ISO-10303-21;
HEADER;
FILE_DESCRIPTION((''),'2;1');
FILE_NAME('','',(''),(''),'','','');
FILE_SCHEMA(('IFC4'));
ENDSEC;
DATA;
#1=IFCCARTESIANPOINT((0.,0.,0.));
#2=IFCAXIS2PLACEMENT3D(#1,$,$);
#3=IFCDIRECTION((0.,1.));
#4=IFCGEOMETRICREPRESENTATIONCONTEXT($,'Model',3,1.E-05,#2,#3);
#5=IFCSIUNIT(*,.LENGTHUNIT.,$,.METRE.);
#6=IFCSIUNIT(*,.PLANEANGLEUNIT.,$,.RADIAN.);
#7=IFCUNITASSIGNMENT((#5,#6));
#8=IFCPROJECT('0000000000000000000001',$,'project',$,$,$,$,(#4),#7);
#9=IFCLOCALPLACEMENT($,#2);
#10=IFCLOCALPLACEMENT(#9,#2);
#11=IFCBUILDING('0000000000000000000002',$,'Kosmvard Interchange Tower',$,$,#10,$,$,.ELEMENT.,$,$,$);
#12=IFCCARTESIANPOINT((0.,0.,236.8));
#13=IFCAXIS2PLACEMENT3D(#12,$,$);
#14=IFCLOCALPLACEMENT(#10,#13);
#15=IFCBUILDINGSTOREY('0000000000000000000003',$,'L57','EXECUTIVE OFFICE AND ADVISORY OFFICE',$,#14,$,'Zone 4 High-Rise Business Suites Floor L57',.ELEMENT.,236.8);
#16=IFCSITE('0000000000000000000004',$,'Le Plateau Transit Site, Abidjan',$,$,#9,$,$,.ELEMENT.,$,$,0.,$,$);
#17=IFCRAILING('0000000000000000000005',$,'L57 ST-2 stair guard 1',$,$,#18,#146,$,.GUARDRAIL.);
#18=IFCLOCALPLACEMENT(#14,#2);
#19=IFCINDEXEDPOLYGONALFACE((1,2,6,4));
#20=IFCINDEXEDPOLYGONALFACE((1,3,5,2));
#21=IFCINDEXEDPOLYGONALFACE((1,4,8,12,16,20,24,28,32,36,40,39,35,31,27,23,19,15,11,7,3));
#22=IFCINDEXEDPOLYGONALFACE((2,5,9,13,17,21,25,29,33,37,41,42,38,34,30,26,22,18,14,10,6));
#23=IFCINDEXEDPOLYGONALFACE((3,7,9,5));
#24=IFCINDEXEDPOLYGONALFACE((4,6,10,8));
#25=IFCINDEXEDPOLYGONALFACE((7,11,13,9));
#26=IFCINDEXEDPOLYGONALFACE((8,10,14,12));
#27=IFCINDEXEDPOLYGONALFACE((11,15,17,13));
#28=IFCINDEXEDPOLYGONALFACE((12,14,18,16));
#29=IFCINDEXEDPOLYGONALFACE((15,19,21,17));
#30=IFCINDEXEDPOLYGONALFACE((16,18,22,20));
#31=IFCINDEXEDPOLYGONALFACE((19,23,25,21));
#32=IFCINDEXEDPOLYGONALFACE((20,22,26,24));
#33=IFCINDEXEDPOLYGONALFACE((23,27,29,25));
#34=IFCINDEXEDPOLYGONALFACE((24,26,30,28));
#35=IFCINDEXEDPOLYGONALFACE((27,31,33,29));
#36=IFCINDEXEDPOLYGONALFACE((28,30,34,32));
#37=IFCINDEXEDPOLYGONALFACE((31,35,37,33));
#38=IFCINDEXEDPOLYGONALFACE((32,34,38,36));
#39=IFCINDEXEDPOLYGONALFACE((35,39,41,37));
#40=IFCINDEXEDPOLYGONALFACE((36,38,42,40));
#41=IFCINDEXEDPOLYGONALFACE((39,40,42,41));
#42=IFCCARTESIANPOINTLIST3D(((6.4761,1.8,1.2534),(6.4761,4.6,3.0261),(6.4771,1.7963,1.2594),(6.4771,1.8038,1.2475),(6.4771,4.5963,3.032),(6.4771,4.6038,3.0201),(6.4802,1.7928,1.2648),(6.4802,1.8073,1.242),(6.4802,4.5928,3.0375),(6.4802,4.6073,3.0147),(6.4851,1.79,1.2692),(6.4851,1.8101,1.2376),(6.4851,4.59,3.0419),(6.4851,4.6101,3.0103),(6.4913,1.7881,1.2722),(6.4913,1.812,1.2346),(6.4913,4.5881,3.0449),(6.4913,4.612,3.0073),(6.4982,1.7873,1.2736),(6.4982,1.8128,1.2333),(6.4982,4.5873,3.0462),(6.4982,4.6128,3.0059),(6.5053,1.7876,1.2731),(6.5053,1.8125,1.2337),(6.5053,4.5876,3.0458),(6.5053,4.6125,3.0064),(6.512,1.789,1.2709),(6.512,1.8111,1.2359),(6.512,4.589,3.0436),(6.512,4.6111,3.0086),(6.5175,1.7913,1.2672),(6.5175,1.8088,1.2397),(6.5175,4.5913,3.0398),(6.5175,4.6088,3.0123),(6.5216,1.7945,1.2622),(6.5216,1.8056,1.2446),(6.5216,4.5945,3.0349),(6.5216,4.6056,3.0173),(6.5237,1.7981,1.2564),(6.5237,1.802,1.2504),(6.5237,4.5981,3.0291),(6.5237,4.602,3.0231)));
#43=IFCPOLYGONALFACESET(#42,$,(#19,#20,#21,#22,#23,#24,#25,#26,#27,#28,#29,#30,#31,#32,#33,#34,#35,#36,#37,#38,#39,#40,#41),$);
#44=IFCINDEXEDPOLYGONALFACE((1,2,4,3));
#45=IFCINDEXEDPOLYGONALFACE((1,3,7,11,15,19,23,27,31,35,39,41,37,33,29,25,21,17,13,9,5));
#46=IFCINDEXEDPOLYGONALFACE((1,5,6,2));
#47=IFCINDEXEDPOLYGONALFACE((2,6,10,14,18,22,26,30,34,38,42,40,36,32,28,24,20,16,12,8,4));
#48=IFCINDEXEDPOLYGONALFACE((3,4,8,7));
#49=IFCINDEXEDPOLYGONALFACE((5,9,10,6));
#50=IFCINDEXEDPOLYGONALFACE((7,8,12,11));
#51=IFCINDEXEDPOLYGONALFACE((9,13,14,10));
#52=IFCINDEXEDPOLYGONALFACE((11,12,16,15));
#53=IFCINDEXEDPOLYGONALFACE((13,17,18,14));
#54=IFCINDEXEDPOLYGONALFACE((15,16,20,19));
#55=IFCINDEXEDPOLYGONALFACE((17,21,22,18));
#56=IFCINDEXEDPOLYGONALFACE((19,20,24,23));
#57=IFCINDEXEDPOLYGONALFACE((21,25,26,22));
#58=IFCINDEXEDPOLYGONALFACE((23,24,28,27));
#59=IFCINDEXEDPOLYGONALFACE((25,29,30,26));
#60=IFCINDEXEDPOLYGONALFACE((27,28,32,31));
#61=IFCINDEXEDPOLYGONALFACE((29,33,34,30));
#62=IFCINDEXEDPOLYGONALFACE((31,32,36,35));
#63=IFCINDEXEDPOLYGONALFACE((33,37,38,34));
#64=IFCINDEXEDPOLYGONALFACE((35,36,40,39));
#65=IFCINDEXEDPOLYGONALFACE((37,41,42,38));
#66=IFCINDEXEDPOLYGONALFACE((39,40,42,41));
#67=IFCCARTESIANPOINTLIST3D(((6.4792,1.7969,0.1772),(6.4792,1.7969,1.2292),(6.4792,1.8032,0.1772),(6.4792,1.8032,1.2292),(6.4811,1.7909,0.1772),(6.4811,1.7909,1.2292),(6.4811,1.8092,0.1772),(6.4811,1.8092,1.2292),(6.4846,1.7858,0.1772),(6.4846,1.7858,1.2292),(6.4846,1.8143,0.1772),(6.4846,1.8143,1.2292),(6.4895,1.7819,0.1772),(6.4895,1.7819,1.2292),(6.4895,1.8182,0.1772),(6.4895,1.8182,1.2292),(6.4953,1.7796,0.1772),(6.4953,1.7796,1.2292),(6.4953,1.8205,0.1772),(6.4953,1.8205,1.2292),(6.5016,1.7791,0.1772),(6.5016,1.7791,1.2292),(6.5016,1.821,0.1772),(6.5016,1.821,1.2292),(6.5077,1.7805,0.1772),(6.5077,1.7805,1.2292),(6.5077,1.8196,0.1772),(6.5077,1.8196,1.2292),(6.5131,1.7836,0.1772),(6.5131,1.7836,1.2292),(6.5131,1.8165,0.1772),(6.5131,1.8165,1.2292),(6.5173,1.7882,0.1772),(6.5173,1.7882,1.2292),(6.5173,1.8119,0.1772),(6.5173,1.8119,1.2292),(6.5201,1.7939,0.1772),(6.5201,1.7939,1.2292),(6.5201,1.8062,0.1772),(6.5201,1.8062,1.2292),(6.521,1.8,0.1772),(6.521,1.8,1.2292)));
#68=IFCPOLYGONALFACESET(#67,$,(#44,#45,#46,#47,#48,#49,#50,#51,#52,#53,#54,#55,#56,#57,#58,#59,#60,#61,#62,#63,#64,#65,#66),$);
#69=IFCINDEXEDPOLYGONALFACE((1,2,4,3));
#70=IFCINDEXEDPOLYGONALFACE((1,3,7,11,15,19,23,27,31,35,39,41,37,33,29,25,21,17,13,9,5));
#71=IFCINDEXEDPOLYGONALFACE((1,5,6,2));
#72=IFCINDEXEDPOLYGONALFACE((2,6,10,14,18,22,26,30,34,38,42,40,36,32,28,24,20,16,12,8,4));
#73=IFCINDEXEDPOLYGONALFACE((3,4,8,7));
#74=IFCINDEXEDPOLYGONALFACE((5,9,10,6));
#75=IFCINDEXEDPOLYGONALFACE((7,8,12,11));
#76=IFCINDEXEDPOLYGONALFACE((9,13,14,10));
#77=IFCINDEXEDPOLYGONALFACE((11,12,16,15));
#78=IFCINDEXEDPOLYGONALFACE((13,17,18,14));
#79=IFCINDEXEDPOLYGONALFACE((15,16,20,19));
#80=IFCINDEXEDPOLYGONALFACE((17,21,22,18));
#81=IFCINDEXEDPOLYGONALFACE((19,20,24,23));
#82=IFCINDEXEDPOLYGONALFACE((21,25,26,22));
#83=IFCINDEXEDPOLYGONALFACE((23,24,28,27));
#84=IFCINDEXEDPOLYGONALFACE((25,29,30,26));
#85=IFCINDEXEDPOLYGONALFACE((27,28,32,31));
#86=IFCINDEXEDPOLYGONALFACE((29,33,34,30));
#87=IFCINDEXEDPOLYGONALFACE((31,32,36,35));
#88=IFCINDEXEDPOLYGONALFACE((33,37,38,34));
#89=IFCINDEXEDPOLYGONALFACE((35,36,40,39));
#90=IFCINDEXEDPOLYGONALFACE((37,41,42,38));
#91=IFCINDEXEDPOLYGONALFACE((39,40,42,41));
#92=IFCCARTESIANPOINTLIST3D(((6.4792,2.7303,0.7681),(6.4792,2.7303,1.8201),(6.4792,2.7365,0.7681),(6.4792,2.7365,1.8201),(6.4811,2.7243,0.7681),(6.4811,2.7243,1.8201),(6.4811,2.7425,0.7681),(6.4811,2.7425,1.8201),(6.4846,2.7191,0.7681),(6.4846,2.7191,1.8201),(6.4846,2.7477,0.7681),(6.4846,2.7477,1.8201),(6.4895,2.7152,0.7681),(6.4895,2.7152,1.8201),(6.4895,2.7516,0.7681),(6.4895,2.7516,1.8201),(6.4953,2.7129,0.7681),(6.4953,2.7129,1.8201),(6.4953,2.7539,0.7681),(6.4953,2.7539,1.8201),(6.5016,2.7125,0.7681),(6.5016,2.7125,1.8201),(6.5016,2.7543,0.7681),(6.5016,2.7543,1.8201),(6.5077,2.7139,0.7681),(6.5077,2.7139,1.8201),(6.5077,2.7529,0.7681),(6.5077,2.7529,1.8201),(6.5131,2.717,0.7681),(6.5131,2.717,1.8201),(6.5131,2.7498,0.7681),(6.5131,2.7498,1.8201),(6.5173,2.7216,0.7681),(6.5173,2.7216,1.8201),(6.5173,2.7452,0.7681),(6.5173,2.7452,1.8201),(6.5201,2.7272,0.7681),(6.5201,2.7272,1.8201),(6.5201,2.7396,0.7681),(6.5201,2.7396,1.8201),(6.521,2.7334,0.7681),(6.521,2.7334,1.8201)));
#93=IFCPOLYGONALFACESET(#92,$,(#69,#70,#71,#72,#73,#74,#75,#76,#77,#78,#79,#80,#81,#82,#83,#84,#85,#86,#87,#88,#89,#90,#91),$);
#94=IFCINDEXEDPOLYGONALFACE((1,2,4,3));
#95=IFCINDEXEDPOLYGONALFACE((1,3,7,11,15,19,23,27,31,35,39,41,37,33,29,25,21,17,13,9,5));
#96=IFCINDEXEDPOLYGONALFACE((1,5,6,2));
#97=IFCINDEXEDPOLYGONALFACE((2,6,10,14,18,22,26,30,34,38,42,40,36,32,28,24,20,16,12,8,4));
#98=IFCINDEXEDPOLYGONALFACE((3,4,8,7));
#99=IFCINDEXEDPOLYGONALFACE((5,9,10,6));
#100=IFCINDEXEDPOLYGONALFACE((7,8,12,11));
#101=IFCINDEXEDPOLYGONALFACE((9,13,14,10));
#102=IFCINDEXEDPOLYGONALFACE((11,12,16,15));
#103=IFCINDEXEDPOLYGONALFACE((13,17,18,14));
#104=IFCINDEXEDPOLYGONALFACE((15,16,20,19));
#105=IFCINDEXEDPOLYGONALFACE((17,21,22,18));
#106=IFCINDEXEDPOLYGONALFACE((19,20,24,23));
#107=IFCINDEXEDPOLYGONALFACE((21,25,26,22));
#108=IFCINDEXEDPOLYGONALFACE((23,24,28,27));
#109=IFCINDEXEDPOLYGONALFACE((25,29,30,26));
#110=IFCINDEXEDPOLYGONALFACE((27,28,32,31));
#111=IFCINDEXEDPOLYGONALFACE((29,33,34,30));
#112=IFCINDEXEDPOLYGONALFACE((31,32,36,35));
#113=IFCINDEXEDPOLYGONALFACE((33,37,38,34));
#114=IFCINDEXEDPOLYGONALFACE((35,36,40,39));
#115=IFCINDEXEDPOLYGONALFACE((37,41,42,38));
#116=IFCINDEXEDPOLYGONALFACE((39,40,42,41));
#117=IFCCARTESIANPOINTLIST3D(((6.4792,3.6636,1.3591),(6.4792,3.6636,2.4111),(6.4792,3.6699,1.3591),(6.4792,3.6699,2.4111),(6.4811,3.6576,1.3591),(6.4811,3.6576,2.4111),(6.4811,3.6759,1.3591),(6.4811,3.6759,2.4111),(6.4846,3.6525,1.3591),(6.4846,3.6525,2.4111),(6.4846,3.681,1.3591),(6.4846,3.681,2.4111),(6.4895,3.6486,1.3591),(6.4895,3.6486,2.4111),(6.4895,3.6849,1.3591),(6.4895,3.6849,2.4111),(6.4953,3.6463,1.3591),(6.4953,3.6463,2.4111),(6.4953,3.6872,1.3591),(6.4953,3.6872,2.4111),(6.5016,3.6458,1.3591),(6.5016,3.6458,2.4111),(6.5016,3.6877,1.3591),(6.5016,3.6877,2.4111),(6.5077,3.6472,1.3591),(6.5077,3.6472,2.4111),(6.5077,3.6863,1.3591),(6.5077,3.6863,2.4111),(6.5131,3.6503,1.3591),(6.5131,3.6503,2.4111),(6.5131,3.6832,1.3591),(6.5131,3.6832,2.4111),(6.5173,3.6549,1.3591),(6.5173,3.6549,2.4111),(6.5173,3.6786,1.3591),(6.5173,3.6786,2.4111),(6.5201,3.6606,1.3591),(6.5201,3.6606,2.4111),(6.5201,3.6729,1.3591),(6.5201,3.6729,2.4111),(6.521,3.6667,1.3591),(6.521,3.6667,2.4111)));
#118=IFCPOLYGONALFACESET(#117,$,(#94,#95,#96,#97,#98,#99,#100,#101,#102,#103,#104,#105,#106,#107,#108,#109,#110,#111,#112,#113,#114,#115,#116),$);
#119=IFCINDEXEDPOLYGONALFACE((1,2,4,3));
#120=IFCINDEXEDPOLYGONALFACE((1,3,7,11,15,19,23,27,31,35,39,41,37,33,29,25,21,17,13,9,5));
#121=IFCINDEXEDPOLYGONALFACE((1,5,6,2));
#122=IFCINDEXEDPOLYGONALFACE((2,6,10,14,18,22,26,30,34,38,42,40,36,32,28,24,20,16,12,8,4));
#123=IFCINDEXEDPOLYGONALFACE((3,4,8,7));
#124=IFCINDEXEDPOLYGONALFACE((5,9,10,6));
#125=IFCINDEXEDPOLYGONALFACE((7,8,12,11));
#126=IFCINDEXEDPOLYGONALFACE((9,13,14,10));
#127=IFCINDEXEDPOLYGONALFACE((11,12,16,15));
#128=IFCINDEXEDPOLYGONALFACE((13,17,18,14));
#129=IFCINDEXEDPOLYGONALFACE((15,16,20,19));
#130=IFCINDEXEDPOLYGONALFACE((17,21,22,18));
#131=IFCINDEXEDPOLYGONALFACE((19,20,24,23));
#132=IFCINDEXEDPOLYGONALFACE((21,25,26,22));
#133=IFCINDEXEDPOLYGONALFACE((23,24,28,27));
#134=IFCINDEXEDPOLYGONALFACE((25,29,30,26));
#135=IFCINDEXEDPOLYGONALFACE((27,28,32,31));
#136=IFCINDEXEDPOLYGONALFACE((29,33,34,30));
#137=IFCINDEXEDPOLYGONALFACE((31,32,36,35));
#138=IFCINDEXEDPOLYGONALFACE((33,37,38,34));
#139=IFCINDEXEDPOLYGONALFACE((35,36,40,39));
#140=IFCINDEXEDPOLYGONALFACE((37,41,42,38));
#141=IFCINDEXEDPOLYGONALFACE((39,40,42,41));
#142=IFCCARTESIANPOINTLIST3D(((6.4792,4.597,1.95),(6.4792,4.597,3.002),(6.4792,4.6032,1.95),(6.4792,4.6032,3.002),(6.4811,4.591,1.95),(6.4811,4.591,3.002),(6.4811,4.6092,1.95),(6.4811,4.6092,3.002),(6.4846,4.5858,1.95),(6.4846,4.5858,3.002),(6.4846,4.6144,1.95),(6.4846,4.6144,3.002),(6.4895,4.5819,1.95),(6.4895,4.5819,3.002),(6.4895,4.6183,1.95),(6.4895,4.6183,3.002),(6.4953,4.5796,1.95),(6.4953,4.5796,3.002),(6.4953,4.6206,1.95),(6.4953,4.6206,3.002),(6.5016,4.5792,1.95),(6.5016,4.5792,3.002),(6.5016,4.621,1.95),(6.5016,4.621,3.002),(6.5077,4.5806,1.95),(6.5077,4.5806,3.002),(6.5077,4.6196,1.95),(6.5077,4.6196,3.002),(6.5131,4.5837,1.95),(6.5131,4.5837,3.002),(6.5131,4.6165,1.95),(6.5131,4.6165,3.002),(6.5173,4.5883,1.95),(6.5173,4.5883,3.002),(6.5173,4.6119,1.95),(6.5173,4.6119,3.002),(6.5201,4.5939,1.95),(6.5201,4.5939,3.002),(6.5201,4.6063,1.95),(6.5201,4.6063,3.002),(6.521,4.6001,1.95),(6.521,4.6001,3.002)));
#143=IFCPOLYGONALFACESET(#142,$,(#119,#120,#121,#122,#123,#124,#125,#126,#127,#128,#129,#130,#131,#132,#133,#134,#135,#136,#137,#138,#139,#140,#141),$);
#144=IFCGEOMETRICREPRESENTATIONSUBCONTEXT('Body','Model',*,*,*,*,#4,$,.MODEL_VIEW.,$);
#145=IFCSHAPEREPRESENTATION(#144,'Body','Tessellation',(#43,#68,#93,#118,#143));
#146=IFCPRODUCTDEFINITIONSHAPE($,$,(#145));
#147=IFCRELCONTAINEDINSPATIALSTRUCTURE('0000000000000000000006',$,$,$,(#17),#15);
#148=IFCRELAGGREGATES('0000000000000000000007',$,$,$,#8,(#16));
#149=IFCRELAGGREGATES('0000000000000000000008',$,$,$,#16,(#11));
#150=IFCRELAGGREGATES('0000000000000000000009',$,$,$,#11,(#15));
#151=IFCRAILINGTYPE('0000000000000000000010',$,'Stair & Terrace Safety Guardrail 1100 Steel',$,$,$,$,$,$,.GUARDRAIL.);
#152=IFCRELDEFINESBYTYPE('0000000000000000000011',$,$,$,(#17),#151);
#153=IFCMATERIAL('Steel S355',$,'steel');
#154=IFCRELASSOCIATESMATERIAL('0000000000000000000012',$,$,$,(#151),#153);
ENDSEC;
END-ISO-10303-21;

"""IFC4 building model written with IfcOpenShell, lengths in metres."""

from ifc_helpers import new_model, si_unit, direction, frame, origin, origin_2d, place, context, subcontext, project, spatial, circle, extrude, source, transform, mapped, material, type_object, element, save


model = new_model("IFC4")

# Units and contexts
model_context = context("Model", 3, precision=1e-05, world=origin(), true_north=direction((0.0, 1.0)))
body_context = subcontext(model_context, "Body", "Model", "MODEL_VIEW")
ifc_project = project(units=[si_unit("LENGTHUNIT", "METRE"), si_unit("PLANEANGLEUNIT", "RADIAN")], contexts=[model_context])

# Site, building, storey
site_placement = place(None, origin())
site = spatial("IfcSite", under=ifc_project, at=site_placement, Name="Le Plateau Transit Site, Abidjan", CompositionType="ELEMENT", RefElevation=0.0)
building_placement = place(site_placement, origin())
building = spatial("IfcBuilding", under=site, at=building_placement, Name="Kosmvard Interchange Tower", CompositionType="ELEMENT")
storey_placement = place(building_placement, frame((0.0, 0.0, 236.8)))
storey = spatial("IfcBuildingStorey", under=building, at=storey_placement, Name="L57", Description="EXECUTIVE OFFICE AND ADVISORY OFFICE", LongName="Zone 4 High-Rise Business Suites Floor L57", CompositionType="ELEMENT", Elevation=236.8)

# Shared definitions
ifc_material_1 = material(Name="Steel S355", Category="steel")

# Railing
railing_type_1 = type_object("IfcRailingType", Name="Stair & Terrace Safety Guardrail 1100 Steel", PredefinedType="GUARDRAIL", material=ifc_material_1)
shared_shape_1 = source(origin(), body_context, "Body", "SweptSolid", [
    extrude(circle(Radius=0.0239, at=origin_2d()), frame((0.0, 0.0, 1.0762), z_axis=(0.0, 0.844909, 0.53491), x_axis=(-1.0, 0.0, 0.0)), (0.0, 0.0, 1.0), 3.314),
    extrude(circle(Radius=0.021, at=origin_2d()), origin(), (0.0, 0.0, 1.0), 1.052),
    extrude(circle(Radius=0.021, at=origin_2d()), frame((0.0, 0.9333, 0.5908)), (0.0, 0.0, 1.0), 1.052),
    extrude(circle(Radius=0.021, at=origin_2d()), frame((0.0, 1.8667, 1.1819)), (0.0, 0.0, 1.0), 1.052),
    extrude(circle(Radius=0.021, at=origin_2d()), frame((0.0, 2.8, 1.7727)), (0.0, 0.0, 1.0), 1.052),
])
railing_1_placement = place(storey_placement, frame((6.5, 1.8, 0.1772)))
element("IfcRailing", 1, at=railing_1_placement, inside=storey, type_object=railing_type_1, Name="L57 ST-2 stair guard 1", PredefinedType="GUARDRAIL", context=body_context, shape_type="MappedRepresentation", body=[
    mapped(shared_shape_1, transform((0.0, 0.0, 0.0), scale=1.0)),
])

save(model, "model.ifc")
